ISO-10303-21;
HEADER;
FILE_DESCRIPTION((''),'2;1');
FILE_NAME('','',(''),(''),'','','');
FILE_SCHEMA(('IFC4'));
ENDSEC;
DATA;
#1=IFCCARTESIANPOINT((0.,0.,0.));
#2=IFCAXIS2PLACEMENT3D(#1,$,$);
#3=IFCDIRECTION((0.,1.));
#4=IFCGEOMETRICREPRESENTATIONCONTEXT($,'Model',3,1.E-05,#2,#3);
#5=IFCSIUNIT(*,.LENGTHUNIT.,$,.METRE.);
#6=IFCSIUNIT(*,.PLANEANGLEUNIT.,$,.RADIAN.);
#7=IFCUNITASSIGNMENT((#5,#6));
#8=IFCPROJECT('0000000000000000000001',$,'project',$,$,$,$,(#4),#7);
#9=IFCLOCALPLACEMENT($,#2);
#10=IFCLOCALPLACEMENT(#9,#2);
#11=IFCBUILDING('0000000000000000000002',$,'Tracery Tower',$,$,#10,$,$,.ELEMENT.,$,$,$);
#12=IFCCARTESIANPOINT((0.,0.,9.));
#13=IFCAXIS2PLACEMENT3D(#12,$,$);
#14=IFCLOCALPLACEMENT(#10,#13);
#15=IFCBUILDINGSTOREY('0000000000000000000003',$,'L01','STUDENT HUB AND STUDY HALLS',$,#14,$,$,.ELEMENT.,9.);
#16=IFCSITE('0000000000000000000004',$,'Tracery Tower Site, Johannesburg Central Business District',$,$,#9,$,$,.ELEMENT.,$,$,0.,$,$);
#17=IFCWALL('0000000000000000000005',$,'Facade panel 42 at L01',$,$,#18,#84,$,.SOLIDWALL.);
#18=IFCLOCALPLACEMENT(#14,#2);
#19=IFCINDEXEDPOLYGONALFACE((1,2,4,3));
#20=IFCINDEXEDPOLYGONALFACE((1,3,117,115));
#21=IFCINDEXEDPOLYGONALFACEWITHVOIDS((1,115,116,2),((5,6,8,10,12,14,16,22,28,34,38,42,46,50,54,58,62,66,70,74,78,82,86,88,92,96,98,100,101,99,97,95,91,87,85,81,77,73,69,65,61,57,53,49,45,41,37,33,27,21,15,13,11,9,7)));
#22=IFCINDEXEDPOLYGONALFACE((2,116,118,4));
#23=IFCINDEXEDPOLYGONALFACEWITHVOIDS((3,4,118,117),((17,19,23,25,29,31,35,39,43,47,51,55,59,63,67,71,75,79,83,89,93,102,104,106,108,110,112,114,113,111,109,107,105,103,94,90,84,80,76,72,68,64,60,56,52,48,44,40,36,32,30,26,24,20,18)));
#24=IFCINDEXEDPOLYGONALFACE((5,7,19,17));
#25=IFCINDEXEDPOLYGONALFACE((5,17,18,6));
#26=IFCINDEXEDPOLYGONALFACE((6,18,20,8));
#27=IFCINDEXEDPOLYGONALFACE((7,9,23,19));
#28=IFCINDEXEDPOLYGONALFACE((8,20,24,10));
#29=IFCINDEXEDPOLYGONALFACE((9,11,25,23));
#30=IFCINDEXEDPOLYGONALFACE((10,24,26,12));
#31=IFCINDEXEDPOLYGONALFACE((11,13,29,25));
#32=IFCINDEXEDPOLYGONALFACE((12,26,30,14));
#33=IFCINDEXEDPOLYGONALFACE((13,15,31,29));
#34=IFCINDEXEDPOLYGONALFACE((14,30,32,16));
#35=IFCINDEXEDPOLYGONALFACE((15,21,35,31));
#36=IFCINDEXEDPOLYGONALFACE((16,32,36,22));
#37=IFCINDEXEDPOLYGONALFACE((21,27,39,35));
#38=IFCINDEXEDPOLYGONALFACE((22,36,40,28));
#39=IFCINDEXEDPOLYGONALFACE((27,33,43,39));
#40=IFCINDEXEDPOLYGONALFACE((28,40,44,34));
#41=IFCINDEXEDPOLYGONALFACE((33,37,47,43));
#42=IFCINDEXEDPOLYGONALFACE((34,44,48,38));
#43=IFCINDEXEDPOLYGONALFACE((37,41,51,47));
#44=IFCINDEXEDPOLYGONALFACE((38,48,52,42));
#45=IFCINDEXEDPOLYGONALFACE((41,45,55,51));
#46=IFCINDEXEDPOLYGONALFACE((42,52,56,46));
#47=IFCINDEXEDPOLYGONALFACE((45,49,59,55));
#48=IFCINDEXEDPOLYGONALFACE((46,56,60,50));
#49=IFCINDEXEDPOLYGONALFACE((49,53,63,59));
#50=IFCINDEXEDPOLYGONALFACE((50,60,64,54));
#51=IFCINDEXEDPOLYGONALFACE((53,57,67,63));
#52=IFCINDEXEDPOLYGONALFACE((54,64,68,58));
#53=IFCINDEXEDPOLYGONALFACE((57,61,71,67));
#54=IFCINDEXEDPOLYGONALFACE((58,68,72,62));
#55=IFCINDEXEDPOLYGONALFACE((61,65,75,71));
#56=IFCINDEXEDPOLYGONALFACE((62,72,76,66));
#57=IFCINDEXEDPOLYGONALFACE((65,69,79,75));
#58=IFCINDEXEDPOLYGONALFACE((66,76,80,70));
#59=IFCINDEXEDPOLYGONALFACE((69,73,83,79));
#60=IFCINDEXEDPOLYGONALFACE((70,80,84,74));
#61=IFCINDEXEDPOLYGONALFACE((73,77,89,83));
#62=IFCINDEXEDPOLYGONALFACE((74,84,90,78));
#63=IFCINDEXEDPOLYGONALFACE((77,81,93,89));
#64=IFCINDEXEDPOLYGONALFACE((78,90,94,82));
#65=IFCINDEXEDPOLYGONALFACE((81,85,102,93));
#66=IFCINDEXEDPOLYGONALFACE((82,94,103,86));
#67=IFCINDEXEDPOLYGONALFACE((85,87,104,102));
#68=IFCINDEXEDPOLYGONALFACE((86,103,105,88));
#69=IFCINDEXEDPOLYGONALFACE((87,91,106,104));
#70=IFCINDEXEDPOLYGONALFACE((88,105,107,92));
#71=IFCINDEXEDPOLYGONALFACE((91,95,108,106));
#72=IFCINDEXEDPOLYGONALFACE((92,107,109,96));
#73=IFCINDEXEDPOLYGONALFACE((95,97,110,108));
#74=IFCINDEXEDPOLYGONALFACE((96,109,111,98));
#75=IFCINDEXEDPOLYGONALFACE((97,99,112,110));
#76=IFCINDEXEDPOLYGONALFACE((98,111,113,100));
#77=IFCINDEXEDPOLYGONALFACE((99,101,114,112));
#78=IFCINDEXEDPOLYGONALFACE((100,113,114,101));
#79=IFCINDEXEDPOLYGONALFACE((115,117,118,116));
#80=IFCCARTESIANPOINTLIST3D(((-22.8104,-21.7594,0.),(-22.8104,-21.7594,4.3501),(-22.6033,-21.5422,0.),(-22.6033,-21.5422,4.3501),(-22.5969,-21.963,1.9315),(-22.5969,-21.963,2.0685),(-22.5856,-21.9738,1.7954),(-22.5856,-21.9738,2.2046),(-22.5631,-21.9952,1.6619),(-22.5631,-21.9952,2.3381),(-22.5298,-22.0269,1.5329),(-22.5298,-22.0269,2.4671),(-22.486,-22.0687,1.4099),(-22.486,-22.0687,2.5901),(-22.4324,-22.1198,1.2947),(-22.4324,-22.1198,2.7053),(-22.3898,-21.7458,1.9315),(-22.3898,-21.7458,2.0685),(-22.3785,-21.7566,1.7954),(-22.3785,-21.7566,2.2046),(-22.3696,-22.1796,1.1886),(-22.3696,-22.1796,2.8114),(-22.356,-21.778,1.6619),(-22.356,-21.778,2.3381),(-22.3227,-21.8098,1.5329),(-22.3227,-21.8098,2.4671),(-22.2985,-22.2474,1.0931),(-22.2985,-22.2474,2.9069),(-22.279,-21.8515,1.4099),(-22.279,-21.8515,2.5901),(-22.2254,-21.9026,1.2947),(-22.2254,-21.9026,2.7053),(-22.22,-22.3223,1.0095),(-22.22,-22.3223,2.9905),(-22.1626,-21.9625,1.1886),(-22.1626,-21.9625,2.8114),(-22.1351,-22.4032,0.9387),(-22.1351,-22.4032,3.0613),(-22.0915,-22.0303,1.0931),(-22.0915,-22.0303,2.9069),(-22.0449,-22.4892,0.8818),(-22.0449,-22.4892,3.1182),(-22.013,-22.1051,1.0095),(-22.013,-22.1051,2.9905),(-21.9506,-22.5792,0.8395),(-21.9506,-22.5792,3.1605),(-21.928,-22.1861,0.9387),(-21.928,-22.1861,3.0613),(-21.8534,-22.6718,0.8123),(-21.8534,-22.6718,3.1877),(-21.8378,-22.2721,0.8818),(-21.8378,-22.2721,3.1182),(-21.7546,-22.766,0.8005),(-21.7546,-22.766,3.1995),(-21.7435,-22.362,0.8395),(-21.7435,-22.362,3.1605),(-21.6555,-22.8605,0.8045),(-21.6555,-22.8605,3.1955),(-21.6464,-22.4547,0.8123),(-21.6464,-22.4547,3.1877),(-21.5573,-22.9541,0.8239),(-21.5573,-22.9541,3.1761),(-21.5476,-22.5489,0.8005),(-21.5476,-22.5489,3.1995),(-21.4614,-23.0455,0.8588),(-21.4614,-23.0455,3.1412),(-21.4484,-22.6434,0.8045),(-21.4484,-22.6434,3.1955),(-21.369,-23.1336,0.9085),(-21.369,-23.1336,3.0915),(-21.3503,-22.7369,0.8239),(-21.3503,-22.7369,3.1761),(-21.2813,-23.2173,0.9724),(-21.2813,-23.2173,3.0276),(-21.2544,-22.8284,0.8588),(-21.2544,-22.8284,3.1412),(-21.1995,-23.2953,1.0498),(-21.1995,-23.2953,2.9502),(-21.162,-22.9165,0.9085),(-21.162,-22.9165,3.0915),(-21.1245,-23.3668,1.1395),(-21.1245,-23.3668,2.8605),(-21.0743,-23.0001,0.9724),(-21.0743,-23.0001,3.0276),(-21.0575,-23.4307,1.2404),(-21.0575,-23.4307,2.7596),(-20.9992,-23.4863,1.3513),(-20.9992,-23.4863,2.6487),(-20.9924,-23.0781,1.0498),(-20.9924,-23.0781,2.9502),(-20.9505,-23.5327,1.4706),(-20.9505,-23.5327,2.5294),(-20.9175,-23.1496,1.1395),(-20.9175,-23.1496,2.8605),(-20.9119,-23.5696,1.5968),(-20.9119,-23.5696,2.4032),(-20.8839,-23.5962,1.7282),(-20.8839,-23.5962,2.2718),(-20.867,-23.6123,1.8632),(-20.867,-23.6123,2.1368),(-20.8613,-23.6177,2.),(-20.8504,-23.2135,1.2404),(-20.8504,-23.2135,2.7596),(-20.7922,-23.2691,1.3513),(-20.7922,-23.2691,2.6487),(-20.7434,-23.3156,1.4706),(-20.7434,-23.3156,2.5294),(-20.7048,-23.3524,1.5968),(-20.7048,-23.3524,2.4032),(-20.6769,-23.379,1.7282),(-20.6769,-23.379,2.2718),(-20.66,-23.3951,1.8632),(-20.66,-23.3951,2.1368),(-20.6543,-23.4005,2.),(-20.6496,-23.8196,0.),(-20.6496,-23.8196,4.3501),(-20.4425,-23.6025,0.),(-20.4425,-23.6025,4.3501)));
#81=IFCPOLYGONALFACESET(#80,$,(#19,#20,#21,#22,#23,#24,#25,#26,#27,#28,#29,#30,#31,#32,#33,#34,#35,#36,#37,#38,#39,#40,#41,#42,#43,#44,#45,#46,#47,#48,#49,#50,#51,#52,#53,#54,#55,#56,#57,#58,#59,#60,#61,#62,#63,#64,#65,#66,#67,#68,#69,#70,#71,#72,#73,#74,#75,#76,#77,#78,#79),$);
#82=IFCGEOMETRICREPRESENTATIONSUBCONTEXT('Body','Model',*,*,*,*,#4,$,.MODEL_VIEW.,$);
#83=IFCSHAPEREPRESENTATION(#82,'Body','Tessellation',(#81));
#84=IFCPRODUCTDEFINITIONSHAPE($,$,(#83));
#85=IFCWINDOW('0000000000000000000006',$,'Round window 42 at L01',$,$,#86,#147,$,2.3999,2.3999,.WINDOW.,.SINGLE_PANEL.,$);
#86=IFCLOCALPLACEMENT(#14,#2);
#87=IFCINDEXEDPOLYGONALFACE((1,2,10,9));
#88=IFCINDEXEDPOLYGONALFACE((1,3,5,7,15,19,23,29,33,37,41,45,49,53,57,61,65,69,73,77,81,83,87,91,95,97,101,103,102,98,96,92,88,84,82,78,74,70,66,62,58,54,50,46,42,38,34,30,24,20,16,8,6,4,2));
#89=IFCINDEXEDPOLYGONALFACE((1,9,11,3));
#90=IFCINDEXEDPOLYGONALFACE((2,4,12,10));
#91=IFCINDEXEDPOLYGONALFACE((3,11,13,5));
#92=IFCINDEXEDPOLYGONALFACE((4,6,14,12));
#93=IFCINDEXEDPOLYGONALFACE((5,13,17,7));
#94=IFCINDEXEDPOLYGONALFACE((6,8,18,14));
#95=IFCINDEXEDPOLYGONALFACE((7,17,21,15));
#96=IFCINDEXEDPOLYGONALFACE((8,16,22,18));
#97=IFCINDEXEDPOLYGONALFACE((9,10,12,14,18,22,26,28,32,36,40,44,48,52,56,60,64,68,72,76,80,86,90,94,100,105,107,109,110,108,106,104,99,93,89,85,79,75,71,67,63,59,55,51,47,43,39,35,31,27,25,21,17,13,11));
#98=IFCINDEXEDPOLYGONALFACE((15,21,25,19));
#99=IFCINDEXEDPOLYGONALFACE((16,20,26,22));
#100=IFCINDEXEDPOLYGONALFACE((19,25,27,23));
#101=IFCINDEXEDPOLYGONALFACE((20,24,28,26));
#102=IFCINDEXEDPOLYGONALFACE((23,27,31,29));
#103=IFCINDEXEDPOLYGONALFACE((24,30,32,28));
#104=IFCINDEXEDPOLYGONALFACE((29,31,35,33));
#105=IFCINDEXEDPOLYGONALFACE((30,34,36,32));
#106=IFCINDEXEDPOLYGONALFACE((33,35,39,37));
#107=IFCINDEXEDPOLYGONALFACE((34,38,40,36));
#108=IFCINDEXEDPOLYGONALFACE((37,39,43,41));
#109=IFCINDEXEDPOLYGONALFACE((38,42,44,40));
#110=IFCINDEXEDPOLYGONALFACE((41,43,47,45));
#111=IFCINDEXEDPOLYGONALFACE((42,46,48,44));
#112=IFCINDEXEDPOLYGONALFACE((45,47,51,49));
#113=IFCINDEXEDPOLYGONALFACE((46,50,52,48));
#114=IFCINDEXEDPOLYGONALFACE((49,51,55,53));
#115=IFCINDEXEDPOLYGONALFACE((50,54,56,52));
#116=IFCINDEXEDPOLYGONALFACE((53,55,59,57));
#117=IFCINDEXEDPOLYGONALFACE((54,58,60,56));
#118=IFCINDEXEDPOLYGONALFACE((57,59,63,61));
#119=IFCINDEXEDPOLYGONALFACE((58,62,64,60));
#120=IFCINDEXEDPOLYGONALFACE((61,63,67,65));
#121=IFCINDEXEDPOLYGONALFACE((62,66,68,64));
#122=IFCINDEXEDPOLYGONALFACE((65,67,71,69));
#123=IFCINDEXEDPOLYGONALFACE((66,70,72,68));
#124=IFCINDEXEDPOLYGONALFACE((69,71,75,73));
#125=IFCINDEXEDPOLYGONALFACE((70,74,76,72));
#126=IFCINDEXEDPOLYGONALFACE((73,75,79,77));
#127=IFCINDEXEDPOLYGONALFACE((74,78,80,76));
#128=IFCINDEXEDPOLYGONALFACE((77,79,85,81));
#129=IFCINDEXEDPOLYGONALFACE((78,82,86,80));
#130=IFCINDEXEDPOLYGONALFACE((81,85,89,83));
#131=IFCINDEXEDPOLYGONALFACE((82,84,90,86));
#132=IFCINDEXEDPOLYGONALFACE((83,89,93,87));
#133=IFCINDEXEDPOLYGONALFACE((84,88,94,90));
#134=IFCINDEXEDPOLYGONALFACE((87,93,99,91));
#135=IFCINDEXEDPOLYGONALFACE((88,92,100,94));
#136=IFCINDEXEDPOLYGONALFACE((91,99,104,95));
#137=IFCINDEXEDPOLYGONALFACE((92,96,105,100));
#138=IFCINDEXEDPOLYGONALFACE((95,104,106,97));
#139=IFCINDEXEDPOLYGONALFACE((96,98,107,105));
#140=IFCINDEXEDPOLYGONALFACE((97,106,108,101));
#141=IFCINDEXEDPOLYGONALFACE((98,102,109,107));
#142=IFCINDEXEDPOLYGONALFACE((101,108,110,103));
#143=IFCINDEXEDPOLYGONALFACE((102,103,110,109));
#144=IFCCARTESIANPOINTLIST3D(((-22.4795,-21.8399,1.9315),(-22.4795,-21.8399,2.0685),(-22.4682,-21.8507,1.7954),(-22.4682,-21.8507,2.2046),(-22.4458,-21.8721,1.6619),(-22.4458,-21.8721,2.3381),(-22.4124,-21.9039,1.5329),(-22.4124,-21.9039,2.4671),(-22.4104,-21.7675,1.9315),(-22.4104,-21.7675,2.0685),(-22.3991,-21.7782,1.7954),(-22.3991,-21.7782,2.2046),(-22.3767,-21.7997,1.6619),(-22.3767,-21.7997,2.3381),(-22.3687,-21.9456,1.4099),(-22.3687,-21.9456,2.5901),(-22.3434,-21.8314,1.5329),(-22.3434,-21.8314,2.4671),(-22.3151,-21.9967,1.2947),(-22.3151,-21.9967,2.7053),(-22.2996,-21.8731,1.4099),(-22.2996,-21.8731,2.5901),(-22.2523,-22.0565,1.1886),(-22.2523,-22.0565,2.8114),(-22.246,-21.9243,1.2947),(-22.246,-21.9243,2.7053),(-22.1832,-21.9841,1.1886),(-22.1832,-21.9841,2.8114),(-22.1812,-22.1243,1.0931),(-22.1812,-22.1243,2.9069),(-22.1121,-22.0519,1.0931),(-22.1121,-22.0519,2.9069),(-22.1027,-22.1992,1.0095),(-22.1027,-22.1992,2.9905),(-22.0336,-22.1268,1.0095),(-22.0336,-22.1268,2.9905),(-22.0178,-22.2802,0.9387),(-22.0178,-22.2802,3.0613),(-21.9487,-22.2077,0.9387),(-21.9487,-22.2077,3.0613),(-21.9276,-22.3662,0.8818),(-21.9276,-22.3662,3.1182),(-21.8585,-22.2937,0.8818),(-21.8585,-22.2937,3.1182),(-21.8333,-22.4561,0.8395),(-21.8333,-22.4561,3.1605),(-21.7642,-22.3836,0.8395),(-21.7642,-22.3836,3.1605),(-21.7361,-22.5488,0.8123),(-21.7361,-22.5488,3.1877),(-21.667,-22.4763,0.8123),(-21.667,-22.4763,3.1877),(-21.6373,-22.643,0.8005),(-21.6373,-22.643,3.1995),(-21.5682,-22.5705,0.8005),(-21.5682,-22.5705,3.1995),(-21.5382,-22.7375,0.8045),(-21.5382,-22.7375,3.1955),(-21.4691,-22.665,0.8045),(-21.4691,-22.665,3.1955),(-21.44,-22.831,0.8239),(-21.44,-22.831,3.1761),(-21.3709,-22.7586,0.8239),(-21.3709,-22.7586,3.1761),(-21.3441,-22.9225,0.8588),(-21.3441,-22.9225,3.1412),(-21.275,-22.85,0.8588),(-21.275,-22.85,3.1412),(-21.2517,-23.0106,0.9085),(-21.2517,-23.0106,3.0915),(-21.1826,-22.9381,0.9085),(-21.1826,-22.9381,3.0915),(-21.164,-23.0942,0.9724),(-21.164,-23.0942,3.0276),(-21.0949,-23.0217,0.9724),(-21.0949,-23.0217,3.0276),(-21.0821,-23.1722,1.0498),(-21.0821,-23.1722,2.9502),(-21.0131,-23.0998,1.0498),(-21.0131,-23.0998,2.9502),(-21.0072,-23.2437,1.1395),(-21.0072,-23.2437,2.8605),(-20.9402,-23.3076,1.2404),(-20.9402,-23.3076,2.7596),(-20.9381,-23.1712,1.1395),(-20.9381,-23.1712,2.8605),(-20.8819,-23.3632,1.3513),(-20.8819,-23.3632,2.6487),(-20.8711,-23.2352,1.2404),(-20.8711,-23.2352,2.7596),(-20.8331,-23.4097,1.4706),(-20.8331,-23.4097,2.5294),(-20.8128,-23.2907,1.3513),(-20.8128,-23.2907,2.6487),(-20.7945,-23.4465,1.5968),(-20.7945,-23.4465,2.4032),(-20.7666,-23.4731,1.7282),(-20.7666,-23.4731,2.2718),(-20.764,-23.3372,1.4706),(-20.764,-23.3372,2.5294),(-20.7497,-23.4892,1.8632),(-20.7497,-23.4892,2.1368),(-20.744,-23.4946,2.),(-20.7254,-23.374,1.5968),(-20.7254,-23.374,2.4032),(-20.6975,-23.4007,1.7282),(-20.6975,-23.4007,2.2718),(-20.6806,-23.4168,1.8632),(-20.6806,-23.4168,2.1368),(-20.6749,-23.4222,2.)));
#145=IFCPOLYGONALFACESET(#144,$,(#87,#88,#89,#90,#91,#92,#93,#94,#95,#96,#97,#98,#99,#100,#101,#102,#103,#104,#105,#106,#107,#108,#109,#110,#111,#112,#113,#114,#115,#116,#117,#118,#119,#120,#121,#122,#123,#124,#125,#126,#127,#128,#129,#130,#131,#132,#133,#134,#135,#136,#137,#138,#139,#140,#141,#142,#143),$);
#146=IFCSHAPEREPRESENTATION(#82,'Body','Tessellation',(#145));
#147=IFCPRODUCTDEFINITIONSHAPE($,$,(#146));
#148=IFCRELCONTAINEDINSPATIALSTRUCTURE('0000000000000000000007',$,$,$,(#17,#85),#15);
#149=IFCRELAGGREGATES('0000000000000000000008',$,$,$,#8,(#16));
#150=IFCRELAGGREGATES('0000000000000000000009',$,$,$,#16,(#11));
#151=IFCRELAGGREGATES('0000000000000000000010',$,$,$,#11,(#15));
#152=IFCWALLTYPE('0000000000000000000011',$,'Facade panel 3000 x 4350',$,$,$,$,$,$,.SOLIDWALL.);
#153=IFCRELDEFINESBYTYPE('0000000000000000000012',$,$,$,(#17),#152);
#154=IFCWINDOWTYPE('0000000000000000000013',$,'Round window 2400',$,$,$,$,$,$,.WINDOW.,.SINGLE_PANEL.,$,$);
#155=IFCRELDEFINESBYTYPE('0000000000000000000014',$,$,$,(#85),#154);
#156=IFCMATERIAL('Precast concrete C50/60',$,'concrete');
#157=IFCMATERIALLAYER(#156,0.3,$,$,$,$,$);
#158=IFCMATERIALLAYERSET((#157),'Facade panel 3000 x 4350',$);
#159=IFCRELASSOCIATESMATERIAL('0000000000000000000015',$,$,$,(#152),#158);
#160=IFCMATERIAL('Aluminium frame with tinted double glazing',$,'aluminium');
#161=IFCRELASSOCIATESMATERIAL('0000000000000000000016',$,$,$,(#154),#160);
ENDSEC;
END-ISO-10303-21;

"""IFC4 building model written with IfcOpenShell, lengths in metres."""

from ifc_helpers import new_model, si_unit, direction, frame, frame_2d, origin, origin_2d, place, context, subcontext, project, spatial, rectangle, circle, extrude, material, layer, layer_set, type_object, element, fill, save


model = new_model("IFC4")

# Units and contexts
model_context = context("Model", 3, precision=1e-05, world=origin(), true_north=direction((0.0, 1.0)))
body_context = subcontext(model_context, "Body", "Model", "MODEL_VIEW")
ifc_project = project(units=[si_unit("LENGTHUNIT", "METRE"), si_unit("PLANEANGLEUNIT", "RADIAN")], contexts=[model_context])

# Site, building, storey
site_placement = place(None, origin())
site = spatial("IfcSite", under=ifc_project, at=site_placement, Name="Tracery Tower Site, Johannesburg Central Business District", CompositionType="ELEMENT", RefElevation=0.0)
building_placement = place(site_placement, origin())
building = spatial("IfcBuilding", under=site, at=building_placement, Name="Tracery Tower", CompositionType="ELEMENT")
storey_placement = place(building_placement, frame((0.0, 0.0, 9.0)))
storey = spatial("IfcBuildingStorey", under=building, at=storey_placement, Name="L01", Description="STUDENT HUB AND STUDY HALLS", CompositionType="ELEMENT", Elevation=9.0)

# Wall, opening, window
ifc_material_1 = material(Name="Precast concrete C50/60", Category="concrete")
ifc_layer_1 = layer(ifc_material_1, 0.3)
ifc_layer_set_1 = layer_set([ifc_layer_1], Name="Facade panel 3000 x 4350")
wall_type_1 = type_object("IfcWallType", Name="Facade panel 3000 x 4350", PredefinedType="SOLIDWALL", material=ifc_layer_set_1)
ifc_material_2 = material(Name="Aluminium frame with tinted double glazing", Category="aluminium")
window_type = type_object("IfcWindowType", Name="Round window 2400", PartitioningType="SINGLE_PANEL", PredefinedType="WINDOW", material=ifc_material_2)
wall_1_placement = place(storey_placement, frame((-22.7068, -21.6509, 0.0), z_axis=(0.0, 0.0, 1.0), x_axis=(0.723751, -0.690061, 0.0)))
wall_1 = element("IfcWall", 1, at=wall_1_placement, inside=storey, type_object=wall_type_1, Name="Facade panel 42 at L01", PredefinedType="SOLIDWALL", context=body_context, shape_type="SweptSolid", body=[
    extrude(rectangle(XDim=2.9856, YDim=0.3, at=frame_2d((1.4927, 0.0))), origin(), (0.0, 0.0, 1.0), 4.3501),
])
opening_1_placement = place(wall_1_placement, frame((1.4929, 0.0, 2.0)))
opening_1 = element("IfcOpeningElement", 2, at=opening_1_placement, cuts=wall_1, PredefinedType="OPENING", context=body_context, shape_type="SweptSolid", body=[
    extrude(circle(Radius=1.2, at=origin_2d()), frame((0.0, 0.1599, 0.0), z_axis=(0.0, -1.0, 0.0), x_axis=(1.0, 0.0, 0.0)), (0.0, 0.0, 1.0), 0.3201),
])
window_1_placement = place(opening_1_placement, origin())
window_1 = element("IfcWindow", 3, at=window_1_placement, inside=storey, type_object=window_type, Name="Round window 42 at L01", OverallHeight=2.3999, OverallWidth=2.3999, PartitioningType="SINGLE_PANEL", PredefinedType="WINDOW", context=body_context, shape_type="SweptSolid", body=[
    extrude(circle(Radius=1.2, at=origin_2d()), frame((0.0, 0.1201, 0.0), z_axis=(0.0, -1.0, 0.0), x_axis=(1.0, 0.0, 0.0)), (0.0, 0.0, 1.0), 0.1001),
])
fill(opening_1, window_1)

save(model, "model.ifc")
